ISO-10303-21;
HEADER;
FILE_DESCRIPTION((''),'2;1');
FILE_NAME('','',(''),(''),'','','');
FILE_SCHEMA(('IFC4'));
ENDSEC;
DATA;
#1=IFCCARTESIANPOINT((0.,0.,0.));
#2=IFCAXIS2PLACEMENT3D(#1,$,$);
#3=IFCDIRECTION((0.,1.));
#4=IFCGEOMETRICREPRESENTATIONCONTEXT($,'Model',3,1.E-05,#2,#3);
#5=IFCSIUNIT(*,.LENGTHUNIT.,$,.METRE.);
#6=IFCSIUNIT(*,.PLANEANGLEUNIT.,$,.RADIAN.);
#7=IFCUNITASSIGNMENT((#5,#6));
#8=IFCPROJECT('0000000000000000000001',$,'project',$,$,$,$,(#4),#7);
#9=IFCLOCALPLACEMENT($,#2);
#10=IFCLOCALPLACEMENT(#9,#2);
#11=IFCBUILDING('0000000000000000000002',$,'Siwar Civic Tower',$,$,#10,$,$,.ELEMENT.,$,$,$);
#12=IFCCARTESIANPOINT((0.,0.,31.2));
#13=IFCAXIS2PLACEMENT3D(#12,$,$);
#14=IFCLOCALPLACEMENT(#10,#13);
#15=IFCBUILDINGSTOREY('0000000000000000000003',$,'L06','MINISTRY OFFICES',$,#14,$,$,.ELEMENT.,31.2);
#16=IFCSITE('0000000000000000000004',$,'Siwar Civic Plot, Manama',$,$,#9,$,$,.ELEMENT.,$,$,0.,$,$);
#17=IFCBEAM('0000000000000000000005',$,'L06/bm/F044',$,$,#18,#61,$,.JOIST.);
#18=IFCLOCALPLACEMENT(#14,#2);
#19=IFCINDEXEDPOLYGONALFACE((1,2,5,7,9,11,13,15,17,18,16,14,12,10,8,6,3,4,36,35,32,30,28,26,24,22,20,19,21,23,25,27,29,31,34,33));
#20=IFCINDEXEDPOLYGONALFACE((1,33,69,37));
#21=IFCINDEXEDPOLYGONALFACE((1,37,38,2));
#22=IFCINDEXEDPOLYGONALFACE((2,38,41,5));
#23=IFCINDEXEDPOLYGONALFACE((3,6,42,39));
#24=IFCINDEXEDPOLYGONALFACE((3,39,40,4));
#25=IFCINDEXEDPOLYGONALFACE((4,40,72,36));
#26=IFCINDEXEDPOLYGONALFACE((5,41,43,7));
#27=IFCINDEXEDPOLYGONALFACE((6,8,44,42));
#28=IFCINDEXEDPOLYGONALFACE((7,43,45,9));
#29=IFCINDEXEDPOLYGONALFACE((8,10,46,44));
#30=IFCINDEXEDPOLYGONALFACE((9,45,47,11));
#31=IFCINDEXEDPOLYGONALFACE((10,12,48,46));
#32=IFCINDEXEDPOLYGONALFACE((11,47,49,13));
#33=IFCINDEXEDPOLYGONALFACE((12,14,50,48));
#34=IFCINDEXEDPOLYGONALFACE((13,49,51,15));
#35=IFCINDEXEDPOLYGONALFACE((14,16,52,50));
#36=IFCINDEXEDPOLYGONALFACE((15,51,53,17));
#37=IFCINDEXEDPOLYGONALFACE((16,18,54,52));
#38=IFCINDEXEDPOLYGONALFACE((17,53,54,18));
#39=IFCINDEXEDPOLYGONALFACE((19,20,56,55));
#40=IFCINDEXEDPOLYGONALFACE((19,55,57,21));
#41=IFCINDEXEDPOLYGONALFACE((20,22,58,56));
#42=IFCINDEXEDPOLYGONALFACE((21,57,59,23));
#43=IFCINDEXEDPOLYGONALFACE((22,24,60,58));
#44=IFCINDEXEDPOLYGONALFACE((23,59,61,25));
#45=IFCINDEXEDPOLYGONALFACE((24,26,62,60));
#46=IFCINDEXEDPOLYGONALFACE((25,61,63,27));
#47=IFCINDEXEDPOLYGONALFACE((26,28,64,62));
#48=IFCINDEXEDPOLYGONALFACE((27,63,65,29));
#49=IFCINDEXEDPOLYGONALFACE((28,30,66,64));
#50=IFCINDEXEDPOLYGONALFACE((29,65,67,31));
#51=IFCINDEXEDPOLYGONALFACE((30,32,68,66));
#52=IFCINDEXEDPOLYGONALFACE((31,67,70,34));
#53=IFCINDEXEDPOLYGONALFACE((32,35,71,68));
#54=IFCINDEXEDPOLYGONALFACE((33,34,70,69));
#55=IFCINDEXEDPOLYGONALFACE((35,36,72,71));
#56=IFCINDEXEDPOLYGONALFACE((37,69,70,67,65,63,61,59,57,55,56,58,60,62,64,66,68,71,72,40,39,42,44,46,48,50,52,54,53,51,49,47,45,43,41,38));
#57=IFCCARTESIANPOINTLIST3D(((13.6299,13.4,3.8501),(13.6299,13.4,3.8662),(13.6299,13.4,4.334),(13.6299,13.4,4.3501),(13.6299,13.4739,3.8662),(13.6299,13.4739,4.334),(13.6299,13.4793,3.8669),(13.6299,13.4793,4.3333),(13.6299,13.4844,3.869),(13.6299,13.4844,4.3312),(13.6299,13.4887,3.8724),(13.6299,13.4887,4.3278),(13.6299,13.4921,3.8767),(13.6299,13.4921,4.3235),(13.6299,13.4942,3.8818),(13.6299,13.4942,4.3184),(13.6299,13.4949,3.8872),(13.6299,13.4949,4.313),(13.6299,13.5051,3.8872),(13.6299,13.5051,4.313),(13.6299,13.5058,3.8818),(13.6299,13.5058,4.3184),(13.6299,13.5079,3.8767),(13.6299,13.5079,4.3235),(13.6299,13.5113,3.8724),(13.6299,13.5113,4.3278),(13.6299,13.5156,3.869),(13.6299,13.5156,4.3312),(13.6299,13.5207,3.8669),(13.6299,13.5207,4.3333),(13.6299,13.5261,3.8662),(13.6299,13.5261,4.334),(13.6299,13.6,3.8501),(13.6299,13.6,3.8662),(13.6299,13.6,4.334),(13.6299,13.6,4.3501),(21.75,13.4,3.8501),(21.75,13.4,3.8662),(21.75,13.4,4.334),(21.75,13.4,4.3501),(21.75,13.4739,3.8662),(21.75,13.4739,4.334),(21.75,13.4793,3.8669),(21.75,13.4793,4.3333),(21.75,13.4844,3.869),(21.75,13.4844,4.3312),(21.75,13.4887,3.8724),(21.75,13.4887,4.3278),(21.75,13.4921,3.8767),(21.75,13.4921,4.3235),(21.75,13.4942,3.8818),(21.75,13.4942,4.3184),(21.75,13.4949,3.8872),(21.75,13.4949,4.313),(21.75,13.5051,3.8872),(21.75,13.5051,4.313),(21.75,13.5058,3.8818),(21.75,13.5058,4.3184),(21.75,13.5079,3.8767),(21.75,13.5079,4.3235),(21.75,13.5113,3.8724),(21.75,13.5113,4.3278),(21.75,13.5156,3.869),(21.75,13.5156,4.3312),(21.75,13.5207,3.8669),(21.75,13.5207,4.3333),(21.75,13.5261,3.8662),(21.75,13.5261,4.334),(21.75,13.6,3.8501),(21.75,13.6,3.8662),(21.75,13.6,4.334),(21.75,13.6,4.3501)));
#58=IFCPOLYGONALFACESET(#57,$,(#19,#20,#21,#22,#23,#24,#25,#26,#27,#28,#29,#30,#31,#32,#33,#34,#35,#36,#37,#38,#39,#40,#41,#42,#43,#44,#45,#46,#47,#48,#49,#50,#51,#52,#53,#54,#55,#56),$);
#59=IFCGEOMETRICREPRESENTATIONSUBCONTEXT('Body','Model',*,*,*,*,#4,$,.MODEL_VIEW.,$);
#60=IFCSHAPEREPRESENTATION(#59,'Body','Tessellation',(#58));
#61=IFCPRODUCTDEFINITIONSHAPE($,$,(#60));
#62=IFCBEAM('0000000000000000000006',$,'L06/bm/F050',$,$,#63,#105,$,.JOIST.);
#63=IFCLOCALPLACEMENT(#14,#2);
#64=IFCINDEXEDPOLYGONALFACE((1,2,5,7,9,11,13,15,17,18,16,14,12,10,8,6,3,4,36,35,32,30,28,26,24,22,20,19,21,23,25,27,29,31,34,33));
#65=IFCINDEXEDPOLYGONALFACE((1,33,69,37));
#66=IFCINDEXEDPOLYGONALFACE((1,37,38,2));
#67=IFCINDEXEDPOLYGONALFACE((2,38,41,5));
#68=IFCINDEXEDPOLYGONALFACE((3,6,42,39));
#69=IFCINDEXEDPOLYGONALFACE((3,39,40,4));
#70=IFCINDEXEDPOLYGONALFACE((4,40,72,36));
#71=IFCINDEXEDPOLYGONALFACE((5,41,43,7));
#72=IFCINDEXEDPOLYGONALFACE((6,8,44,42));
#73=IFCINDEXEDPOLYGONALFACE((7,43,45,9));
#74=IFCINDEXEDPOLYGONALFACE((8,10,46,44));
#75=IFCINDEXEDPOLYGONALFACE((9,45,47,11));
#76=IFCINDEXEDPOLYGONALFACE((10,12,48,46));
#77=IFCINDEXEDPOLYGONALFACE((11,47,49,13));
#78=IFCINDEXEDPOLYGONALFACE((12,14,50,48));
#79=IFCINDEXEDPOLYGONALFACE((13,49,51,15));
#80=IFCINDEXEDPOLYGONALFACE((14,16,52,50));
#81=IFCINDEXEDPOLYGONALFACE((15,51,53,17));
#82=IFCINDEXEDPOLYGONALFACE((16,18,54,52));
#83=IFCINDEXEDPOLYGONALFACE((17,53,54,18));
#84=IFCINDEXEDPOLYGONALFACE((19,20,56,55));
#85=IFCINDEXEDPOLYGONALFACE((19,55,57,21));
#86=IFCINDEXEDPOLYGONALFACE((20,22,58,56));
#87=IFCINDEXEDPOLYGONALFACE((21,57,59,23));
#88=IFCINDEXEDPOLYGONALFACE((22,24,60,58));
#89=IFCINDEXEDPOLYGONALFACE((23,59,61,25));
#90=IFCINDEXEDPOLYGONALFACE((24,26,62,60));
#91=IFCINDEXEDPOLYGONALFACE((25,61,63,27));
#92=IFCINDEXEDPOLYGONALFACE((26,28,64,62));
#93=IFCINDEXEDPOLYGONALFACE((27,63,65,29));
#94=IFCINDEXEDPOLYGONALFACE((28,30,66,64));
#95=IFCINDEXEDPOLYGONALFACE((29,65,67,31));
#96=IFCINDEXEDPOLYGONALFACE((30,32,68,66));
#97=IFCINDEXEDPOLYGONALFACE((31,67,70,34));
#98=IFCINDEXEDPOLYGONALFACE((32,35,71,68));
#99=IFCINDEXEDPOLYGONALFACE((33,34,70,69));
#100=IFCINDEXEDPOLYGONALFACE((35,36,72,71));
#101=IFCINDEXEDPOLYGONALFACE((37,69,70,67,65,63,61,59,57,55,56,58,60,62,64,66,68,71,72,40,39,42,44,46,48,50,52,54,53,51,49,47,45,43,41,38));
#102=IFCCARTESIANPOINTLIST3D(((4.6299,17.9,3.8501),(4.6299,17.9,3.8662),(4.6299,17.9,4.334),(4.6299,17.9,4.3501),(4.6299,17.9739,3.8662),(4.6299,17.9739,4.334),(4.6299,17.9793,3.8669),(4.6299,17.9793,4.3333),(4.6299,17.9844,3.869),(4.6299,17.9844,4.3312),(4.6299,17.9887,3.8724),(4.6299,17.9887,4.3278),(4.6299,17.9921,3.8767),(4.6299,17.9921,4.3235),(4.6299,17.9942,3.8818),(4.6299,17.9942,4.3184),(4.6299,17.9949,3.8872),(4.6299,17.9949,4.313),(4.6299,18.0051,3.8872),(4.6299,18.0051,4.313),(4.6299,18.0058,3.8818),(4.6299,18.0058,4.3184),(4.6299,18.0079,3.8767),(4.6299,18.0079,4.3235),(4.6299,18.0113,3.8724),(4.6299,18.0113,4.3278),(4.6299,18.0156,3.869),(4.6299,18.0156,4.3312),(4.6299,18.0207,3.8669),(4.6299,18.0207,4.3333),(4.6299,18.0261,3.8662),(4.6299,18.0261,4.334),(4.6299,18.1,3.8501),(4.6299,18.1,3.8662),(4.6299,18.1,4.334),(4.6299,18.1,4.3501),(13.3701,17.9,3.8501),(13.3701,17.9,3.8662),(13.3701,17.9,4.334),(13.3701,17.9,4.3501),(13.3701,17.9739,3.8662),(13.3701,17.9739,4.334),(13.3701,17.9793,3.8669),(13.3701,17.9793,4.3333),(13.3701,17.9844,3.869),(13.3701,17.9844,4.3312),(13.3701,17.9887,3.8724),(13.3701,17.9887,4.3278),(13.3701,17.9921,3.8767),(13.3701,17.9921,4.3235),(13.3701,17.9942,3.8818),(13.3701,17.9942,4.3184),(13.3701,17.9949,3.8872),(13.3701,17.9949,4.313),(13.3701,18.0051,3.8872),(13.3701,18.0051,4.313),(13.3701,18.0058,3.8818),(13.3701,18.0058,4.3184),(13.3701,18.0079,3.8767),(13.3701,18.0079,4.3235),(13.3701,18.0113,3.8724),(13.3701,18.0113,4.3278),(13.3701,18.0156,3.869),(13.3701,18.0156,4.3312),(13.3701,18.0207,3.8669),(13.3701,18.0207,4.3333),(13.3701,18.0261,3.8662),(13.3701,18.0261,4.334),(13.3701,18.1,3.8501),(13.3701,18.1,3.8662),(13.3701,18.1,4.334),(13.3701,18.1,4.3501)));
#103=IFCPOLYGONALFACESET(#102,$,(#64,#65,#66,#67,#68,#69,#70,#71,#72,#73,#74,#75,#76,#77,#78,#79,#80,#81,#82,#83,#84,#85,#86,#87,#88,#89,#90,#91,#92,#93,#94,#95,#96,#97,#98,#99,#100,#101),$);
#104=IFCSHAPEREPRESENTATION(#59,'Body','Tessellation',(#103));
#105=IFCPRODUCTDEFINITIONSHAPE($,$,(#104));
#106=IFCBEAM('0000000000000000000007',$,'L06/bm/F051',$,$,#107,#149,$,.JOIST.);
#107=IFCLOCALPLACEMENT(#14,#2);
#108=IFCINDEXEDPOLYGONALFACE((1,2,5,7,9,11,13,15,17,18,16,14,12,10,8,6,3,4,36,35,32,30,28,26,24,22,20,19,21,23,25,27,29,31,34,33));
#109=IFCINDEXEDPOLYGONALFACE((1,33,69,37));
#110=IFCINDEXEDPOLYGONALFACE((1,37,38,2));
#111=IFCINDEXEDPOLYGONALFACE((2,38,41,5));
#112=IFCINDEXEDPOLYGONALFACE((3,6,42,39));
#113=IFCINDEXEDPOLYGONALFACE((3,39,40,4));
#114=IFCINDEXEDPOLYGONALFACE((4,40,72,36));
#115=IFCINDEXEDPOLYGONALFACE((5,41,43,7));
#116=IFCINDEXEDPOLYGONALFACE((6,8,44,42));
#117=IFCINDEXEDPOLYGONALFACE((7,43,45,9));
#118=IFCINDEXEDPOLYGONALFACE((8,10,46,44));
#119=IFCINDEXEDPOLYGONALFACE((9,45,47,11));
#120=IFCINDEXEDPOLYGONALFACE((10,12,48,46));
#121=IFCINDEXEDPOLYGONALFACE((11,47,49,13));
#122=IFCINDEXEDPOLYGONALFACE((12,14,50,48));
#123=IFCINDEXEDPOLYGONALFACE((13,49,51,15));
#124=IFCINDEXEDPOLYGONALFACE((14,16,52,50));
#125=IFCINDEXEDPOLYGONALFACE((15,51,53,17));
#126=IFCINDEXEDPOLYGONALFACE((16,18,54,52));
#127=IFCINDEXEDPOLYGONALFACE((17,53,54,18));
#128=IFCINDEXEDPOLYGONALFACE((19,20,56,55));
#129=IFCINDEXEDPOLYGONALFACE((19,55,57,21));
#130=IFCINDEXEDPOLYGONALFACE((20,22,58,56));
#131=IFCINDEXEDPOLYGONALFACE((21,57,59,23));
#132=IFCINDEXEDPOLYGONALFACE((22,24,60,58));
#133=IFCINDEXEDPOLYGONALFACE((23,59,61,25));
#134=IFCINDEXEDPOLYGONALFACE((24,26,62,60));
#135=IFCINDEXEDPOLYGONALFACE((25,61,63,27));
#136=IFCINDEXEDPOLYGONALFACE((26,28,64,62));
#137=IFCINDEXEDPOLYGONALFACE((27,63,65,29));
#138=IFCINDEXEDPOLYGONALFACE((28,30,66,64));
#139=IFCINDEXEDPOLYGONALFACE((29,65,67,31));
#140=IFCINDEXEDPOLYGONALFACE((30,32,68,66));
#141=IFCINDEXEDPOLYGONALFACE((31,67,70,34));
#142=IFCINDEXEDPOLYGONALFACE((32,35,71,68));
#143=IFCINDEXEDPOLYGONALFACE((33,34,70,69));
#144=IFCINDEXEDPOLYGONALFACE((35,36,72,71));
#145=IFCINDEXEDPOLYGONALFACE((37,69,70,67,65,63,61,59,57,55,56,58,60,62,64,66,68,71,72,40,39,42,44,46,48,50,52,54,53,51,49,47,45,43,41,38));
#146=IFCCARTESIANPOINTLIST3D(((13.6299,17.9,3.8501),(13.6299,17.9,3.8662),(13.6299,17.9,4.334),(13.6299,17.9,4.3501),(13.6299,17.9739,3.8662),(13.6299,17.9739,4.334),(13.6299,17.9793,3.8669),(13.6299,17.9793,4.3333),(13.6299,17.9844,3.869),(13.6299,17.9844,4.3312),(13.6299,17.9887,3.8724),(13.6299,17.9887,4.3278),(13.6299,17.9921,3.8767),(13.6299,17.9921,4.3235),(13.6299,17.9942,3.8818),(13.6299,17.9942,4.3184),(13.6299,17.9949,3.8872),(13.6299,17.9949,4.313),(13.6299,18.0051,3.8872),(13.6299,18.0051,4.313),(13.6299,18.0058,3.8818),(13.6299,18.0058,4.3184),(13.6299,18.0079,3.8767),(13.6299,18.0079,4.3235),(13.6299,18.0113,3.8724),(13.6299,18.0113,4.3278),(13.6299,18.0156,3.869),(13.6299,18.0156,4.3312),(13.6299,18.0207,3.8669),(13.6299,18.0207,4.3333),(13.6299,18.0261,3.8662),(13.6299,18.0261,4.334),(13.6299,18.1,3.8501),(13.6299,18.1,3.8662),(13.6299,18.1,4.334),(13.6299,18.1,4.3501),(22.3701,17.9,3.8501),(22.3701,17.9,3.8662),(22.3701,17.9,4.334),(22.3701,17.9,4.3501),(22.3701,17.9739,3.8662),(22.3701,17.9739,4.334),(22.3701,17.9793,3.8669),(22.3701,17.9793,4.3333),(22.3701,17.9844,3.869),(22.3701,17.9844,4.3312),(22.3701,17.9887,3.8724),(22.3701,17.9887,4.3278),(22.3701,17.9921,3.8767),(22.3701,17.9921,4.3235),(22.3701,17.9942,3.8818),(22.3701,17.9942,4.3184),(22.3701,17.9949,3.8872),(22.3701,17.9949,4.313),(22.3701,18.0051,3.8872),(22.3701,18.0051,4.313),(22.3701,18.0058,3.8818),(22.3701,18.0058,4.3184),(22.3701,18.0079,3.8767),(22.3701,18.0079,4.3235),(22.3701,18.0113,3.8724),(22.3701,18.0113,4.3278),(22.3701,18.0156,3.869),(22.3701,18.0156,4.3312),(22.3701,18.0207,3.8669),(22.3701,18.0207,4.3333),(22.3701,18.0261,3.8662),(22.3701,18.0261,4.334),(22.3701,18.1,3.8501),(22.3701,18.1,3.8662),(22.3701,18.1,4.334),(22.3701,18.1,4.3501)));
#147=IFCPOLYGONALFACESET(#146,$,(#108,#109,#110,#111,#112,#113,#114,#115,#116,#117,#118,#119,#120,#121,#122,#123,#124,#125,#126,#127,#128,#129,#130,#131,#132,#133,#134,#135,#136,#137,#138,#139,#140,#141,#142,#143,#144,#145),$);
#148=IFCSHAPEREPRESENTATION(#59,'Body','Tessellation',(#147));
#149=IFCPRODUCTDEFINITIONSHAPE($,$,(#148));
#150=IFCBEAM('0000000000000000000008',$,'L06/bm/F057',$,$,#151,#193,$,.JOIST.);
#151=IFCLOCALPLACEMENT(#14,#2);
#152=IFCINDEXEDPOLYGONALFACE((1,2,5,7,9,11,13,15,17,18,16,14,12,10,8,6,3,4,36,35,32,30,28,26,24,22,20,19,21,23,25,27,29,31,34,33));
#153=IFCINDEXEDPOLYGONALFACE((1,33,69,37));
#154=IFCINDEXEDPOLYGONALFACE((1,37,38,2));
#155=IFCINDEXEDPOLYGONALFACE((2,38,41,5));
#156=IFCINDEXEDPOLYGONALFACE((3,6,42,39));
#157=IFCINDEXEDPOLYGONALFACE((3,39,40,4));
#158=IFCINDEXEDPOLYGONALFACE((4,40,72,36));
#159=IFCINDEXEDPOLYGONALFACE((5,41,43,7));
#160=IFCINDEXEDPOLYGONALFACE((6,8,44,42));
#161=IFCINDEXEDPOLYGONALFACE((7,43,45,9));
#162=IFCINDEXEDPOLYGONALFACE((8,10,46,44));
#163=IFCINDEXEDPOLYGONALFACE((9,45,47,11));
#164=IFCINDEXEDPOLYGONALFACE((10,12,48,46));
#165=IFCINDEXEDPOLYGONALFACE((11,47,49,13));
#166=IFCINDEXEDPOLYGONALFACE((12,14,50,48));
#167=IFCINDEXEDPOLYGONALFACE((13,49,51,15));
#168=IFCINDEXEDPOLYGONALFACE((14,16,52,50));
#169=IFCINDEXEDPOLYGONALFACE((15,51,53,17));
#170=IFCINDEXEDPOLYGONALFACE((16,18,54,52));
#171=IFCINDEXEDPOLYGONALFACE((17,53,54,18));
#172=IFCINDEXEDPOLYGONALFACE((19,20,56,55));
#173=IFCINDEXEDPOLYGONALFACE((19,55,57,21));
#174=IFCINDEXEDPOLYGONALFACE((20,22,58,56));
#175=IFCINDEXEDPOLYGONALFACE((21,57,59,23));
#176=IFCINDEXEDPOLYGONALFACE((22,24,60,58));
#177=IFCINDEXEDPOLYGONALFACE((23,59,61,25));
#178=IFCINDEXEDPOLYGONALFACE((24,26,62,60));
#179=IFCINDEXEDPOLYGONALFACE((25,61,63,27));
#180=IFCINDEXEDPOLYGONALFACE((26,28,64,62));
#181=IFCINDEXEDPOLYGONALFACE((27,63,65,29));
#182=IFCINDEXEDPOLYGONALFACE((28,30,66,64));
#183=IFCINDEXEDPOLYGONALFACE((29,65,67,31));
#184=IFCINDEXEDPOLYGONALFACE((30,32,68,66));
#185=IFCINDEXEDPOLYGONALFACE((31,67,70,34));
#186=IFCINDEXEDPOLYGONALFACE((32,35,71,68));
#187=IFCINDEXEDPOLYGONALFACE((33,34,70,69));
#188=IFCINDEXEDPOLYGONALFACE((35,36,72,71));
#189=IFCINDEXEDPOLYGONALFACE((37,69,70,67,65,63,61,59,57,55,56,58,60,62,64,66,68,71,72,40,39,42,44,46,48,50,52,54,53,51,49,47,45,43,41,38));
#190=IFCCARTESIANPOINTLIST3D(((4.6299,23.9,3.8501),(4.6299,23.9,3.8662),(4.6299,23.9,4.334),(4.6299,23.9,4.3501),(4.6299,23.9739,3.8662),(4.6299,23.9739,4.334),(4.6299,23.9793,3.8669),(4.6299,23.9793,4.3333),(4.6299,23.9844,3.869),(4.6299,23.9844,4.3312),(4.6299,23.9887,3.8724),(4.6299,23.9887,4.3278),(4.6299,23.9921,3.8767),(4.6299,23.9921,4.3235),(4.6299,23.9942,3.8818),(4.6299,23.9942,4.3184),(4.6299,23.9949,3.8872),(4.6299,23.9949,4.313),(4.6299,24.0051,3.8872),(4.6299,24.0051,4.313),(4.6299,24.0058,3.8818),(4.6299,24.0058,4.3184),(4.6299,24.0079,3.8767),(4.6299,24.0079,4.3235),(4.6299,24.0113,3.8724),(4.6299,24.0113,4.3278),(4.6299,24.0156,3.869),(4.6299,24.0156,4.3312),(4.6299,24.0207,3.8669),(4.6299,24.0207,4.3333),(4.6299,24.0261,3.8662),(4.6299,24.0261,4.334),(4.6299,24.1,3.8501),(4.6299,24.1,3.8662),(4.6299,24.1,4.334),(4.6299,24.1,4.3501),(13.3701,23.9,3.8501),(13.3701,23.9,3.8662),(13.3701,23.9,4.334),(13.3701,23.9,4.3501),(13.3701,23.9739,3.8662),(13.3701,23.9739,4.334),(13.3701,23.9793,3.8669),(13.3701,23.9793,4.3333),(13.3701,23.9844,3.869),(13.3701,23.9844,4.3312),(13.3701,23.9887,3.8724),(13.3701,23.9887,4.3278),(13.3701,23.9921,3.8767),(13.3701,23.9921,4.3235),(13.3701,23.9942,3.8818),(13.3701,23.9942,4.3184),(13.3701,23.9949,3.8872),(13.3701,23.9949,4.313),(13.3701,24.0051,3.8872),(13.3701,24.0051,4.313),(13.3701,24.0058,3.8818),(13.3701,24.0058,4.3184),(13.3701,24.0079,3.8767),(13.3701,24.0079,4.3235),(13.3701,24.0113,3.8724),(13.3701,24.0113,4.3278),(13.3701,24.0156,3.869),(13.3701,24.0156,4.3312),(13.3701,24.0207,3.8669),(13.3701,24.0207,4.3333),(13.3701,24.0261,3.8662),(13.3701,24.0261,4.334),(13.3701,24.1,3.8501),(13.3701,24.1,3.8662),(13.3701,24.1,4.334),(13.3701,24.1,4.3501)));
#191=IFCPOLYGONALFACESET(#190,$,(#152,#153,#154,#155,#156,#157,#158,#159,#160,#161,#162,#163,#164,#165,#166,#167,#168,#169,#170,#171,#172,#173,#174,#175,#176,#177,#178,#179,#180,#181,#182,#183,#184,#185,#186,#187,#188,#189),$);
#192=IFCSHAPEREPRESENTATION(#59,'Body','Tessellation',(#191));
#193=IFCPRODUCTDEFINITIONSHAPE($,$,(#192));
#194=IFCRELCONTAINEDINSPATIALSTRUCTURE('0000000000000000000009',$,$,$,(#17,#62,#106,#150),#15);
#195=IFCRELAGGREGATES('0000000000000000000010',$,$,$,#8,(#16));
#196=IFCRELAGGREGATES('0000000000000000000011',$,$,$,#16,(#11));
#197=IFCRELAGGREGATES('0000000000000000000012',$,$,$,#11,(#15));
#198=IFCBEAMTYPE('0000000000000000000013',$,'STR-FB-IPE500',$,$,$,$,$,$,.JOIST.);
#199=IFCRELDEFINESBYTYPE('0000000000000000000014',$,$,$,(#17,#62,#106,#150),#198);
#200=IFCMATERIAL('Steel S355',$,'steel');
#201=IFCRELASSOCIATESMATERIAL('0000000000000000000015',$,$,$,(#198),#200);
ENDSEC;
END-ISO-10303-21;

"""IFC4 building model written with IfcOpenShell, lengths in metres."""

from ifc_helpers import new_model, si_unit, direction, frame, origin, origin_2d, place, context, subcontext, project, spatial, i_section, extrude, material, material_profile, profile_set, type_object, element, save


model = new_model("IFC4")

# Units and contexts
model_context = context("Model", 3, precision=1e-05, world=origin(), true_north=direction((0.0, 1.0)))
body_context = subcontext(model_context, "Body", "Model", "MODEL_VIEW")
ifc_project = project(units=[si_unit("LENGTHUNIT", "METRE"), si_unit("PLANEANGLEUNIT", "RADIAN")], contexts=[model_context])

# Site, building, storey
site_placement = place(None, origin())
site = spatial("IfcSite", under=ifc_project, at=site_placement, Name="Siwar Civic Plot, Manama", CompositionType="ELEMENT", RefElevation=0.0)
building_placement = place(site_placement, origin())
building = spatial("IfcBuilding", under=site, at=building_placement, Name="Siwar Civic Tower", CompositionType="ELEMENT")
storey_placement = place(building_placement, frame((0.0, 0.0, 31.2)))
storey = spatial("IfcBuildingStorey", under=building, at=storey_placement, Name="L06", Description="MINISTRY OFFICES", CompositionType="ELEMENT", Elevation=31.2)

# Beams
ifc_material_1 = material(Name="Steel S355", Category="steel")
ifc_material_profile_1 = material_profile(ifc_material_1, i_section(OverallWidth=0.2, OverallDepth=0.5, WebThickness=0.0103, FlangeThickness=0.0161, FilletRadius=0.021, at=origin_2d()), Name="IPE500")
ifc_profile_set_1 = profile_set([ifc_material_profile_1], Name="Steel S355")
beam_type_1 = type_object("IfcBeamType", Name="STR-FB-IPE500", PredefinedType="JOIST", material=ifc_profile_set_1)
beam_1_placement = place(storey_placement, frame((13.6299, 13.5, 4.1001), z_axis=(1.0, 0.0, 0.0), x_axis=(0.0, 1.0, 0.0)))
element("IfcBeam", 1, at=beam_1_placement, inside=storey, type_object=beam_type_1, Name="L06/bm/F044", PredefinedType="JOIST", context=body_context, shape_type="SweptSolid", body=[
    extrude(i_section(OverallWidth=0.2, OverallDepth=0.5, WebThickness=0.0103, FlangeThickness=0.0161, FilletRadius=0.021, at=origin_2d()), origin(), (0.0, 0.0, 1.0), 8.1201),
])
for number, where, z_axis, x_axis, name in (
    (2, (4.6299, 18.0, 4.1001), (1.0, 0.0, 0.0), (0.0, 1.0, 0.0), "L06/bm/F050"),
    (3, (13.6299, 18.0, 4.1001), (1.0, 0.0, 0.0), (0.0, 1.0, 0.0), "L06/bm/F051"),
    (4, (4.6299, 24.0, 4.1001), (1.0, 0.0, 0.0), (0.0, 1.0, 0.0), "L06/bm/F057"),
):
    element("IfcBeam", number, at=place(storey_placement, frame(where, z_axis=z_axis, x_axis=x_axis)), inside=storey, type_object=beam_type_1, Name=name, PredefinedType="JOIST", context=body_context, shape_type="SweptSolid", body=[
        extrude(i_section(OverallWidth=0.2, OverallDepth=0.5, WebThickness=0.0103, FlangeThickness=0.0161, FilletRadius=0.021, at=origin_2d()), origin(), (0.0, 0.0, 1.0), 8.7402),
    ])

save(model, "model.ifc")
